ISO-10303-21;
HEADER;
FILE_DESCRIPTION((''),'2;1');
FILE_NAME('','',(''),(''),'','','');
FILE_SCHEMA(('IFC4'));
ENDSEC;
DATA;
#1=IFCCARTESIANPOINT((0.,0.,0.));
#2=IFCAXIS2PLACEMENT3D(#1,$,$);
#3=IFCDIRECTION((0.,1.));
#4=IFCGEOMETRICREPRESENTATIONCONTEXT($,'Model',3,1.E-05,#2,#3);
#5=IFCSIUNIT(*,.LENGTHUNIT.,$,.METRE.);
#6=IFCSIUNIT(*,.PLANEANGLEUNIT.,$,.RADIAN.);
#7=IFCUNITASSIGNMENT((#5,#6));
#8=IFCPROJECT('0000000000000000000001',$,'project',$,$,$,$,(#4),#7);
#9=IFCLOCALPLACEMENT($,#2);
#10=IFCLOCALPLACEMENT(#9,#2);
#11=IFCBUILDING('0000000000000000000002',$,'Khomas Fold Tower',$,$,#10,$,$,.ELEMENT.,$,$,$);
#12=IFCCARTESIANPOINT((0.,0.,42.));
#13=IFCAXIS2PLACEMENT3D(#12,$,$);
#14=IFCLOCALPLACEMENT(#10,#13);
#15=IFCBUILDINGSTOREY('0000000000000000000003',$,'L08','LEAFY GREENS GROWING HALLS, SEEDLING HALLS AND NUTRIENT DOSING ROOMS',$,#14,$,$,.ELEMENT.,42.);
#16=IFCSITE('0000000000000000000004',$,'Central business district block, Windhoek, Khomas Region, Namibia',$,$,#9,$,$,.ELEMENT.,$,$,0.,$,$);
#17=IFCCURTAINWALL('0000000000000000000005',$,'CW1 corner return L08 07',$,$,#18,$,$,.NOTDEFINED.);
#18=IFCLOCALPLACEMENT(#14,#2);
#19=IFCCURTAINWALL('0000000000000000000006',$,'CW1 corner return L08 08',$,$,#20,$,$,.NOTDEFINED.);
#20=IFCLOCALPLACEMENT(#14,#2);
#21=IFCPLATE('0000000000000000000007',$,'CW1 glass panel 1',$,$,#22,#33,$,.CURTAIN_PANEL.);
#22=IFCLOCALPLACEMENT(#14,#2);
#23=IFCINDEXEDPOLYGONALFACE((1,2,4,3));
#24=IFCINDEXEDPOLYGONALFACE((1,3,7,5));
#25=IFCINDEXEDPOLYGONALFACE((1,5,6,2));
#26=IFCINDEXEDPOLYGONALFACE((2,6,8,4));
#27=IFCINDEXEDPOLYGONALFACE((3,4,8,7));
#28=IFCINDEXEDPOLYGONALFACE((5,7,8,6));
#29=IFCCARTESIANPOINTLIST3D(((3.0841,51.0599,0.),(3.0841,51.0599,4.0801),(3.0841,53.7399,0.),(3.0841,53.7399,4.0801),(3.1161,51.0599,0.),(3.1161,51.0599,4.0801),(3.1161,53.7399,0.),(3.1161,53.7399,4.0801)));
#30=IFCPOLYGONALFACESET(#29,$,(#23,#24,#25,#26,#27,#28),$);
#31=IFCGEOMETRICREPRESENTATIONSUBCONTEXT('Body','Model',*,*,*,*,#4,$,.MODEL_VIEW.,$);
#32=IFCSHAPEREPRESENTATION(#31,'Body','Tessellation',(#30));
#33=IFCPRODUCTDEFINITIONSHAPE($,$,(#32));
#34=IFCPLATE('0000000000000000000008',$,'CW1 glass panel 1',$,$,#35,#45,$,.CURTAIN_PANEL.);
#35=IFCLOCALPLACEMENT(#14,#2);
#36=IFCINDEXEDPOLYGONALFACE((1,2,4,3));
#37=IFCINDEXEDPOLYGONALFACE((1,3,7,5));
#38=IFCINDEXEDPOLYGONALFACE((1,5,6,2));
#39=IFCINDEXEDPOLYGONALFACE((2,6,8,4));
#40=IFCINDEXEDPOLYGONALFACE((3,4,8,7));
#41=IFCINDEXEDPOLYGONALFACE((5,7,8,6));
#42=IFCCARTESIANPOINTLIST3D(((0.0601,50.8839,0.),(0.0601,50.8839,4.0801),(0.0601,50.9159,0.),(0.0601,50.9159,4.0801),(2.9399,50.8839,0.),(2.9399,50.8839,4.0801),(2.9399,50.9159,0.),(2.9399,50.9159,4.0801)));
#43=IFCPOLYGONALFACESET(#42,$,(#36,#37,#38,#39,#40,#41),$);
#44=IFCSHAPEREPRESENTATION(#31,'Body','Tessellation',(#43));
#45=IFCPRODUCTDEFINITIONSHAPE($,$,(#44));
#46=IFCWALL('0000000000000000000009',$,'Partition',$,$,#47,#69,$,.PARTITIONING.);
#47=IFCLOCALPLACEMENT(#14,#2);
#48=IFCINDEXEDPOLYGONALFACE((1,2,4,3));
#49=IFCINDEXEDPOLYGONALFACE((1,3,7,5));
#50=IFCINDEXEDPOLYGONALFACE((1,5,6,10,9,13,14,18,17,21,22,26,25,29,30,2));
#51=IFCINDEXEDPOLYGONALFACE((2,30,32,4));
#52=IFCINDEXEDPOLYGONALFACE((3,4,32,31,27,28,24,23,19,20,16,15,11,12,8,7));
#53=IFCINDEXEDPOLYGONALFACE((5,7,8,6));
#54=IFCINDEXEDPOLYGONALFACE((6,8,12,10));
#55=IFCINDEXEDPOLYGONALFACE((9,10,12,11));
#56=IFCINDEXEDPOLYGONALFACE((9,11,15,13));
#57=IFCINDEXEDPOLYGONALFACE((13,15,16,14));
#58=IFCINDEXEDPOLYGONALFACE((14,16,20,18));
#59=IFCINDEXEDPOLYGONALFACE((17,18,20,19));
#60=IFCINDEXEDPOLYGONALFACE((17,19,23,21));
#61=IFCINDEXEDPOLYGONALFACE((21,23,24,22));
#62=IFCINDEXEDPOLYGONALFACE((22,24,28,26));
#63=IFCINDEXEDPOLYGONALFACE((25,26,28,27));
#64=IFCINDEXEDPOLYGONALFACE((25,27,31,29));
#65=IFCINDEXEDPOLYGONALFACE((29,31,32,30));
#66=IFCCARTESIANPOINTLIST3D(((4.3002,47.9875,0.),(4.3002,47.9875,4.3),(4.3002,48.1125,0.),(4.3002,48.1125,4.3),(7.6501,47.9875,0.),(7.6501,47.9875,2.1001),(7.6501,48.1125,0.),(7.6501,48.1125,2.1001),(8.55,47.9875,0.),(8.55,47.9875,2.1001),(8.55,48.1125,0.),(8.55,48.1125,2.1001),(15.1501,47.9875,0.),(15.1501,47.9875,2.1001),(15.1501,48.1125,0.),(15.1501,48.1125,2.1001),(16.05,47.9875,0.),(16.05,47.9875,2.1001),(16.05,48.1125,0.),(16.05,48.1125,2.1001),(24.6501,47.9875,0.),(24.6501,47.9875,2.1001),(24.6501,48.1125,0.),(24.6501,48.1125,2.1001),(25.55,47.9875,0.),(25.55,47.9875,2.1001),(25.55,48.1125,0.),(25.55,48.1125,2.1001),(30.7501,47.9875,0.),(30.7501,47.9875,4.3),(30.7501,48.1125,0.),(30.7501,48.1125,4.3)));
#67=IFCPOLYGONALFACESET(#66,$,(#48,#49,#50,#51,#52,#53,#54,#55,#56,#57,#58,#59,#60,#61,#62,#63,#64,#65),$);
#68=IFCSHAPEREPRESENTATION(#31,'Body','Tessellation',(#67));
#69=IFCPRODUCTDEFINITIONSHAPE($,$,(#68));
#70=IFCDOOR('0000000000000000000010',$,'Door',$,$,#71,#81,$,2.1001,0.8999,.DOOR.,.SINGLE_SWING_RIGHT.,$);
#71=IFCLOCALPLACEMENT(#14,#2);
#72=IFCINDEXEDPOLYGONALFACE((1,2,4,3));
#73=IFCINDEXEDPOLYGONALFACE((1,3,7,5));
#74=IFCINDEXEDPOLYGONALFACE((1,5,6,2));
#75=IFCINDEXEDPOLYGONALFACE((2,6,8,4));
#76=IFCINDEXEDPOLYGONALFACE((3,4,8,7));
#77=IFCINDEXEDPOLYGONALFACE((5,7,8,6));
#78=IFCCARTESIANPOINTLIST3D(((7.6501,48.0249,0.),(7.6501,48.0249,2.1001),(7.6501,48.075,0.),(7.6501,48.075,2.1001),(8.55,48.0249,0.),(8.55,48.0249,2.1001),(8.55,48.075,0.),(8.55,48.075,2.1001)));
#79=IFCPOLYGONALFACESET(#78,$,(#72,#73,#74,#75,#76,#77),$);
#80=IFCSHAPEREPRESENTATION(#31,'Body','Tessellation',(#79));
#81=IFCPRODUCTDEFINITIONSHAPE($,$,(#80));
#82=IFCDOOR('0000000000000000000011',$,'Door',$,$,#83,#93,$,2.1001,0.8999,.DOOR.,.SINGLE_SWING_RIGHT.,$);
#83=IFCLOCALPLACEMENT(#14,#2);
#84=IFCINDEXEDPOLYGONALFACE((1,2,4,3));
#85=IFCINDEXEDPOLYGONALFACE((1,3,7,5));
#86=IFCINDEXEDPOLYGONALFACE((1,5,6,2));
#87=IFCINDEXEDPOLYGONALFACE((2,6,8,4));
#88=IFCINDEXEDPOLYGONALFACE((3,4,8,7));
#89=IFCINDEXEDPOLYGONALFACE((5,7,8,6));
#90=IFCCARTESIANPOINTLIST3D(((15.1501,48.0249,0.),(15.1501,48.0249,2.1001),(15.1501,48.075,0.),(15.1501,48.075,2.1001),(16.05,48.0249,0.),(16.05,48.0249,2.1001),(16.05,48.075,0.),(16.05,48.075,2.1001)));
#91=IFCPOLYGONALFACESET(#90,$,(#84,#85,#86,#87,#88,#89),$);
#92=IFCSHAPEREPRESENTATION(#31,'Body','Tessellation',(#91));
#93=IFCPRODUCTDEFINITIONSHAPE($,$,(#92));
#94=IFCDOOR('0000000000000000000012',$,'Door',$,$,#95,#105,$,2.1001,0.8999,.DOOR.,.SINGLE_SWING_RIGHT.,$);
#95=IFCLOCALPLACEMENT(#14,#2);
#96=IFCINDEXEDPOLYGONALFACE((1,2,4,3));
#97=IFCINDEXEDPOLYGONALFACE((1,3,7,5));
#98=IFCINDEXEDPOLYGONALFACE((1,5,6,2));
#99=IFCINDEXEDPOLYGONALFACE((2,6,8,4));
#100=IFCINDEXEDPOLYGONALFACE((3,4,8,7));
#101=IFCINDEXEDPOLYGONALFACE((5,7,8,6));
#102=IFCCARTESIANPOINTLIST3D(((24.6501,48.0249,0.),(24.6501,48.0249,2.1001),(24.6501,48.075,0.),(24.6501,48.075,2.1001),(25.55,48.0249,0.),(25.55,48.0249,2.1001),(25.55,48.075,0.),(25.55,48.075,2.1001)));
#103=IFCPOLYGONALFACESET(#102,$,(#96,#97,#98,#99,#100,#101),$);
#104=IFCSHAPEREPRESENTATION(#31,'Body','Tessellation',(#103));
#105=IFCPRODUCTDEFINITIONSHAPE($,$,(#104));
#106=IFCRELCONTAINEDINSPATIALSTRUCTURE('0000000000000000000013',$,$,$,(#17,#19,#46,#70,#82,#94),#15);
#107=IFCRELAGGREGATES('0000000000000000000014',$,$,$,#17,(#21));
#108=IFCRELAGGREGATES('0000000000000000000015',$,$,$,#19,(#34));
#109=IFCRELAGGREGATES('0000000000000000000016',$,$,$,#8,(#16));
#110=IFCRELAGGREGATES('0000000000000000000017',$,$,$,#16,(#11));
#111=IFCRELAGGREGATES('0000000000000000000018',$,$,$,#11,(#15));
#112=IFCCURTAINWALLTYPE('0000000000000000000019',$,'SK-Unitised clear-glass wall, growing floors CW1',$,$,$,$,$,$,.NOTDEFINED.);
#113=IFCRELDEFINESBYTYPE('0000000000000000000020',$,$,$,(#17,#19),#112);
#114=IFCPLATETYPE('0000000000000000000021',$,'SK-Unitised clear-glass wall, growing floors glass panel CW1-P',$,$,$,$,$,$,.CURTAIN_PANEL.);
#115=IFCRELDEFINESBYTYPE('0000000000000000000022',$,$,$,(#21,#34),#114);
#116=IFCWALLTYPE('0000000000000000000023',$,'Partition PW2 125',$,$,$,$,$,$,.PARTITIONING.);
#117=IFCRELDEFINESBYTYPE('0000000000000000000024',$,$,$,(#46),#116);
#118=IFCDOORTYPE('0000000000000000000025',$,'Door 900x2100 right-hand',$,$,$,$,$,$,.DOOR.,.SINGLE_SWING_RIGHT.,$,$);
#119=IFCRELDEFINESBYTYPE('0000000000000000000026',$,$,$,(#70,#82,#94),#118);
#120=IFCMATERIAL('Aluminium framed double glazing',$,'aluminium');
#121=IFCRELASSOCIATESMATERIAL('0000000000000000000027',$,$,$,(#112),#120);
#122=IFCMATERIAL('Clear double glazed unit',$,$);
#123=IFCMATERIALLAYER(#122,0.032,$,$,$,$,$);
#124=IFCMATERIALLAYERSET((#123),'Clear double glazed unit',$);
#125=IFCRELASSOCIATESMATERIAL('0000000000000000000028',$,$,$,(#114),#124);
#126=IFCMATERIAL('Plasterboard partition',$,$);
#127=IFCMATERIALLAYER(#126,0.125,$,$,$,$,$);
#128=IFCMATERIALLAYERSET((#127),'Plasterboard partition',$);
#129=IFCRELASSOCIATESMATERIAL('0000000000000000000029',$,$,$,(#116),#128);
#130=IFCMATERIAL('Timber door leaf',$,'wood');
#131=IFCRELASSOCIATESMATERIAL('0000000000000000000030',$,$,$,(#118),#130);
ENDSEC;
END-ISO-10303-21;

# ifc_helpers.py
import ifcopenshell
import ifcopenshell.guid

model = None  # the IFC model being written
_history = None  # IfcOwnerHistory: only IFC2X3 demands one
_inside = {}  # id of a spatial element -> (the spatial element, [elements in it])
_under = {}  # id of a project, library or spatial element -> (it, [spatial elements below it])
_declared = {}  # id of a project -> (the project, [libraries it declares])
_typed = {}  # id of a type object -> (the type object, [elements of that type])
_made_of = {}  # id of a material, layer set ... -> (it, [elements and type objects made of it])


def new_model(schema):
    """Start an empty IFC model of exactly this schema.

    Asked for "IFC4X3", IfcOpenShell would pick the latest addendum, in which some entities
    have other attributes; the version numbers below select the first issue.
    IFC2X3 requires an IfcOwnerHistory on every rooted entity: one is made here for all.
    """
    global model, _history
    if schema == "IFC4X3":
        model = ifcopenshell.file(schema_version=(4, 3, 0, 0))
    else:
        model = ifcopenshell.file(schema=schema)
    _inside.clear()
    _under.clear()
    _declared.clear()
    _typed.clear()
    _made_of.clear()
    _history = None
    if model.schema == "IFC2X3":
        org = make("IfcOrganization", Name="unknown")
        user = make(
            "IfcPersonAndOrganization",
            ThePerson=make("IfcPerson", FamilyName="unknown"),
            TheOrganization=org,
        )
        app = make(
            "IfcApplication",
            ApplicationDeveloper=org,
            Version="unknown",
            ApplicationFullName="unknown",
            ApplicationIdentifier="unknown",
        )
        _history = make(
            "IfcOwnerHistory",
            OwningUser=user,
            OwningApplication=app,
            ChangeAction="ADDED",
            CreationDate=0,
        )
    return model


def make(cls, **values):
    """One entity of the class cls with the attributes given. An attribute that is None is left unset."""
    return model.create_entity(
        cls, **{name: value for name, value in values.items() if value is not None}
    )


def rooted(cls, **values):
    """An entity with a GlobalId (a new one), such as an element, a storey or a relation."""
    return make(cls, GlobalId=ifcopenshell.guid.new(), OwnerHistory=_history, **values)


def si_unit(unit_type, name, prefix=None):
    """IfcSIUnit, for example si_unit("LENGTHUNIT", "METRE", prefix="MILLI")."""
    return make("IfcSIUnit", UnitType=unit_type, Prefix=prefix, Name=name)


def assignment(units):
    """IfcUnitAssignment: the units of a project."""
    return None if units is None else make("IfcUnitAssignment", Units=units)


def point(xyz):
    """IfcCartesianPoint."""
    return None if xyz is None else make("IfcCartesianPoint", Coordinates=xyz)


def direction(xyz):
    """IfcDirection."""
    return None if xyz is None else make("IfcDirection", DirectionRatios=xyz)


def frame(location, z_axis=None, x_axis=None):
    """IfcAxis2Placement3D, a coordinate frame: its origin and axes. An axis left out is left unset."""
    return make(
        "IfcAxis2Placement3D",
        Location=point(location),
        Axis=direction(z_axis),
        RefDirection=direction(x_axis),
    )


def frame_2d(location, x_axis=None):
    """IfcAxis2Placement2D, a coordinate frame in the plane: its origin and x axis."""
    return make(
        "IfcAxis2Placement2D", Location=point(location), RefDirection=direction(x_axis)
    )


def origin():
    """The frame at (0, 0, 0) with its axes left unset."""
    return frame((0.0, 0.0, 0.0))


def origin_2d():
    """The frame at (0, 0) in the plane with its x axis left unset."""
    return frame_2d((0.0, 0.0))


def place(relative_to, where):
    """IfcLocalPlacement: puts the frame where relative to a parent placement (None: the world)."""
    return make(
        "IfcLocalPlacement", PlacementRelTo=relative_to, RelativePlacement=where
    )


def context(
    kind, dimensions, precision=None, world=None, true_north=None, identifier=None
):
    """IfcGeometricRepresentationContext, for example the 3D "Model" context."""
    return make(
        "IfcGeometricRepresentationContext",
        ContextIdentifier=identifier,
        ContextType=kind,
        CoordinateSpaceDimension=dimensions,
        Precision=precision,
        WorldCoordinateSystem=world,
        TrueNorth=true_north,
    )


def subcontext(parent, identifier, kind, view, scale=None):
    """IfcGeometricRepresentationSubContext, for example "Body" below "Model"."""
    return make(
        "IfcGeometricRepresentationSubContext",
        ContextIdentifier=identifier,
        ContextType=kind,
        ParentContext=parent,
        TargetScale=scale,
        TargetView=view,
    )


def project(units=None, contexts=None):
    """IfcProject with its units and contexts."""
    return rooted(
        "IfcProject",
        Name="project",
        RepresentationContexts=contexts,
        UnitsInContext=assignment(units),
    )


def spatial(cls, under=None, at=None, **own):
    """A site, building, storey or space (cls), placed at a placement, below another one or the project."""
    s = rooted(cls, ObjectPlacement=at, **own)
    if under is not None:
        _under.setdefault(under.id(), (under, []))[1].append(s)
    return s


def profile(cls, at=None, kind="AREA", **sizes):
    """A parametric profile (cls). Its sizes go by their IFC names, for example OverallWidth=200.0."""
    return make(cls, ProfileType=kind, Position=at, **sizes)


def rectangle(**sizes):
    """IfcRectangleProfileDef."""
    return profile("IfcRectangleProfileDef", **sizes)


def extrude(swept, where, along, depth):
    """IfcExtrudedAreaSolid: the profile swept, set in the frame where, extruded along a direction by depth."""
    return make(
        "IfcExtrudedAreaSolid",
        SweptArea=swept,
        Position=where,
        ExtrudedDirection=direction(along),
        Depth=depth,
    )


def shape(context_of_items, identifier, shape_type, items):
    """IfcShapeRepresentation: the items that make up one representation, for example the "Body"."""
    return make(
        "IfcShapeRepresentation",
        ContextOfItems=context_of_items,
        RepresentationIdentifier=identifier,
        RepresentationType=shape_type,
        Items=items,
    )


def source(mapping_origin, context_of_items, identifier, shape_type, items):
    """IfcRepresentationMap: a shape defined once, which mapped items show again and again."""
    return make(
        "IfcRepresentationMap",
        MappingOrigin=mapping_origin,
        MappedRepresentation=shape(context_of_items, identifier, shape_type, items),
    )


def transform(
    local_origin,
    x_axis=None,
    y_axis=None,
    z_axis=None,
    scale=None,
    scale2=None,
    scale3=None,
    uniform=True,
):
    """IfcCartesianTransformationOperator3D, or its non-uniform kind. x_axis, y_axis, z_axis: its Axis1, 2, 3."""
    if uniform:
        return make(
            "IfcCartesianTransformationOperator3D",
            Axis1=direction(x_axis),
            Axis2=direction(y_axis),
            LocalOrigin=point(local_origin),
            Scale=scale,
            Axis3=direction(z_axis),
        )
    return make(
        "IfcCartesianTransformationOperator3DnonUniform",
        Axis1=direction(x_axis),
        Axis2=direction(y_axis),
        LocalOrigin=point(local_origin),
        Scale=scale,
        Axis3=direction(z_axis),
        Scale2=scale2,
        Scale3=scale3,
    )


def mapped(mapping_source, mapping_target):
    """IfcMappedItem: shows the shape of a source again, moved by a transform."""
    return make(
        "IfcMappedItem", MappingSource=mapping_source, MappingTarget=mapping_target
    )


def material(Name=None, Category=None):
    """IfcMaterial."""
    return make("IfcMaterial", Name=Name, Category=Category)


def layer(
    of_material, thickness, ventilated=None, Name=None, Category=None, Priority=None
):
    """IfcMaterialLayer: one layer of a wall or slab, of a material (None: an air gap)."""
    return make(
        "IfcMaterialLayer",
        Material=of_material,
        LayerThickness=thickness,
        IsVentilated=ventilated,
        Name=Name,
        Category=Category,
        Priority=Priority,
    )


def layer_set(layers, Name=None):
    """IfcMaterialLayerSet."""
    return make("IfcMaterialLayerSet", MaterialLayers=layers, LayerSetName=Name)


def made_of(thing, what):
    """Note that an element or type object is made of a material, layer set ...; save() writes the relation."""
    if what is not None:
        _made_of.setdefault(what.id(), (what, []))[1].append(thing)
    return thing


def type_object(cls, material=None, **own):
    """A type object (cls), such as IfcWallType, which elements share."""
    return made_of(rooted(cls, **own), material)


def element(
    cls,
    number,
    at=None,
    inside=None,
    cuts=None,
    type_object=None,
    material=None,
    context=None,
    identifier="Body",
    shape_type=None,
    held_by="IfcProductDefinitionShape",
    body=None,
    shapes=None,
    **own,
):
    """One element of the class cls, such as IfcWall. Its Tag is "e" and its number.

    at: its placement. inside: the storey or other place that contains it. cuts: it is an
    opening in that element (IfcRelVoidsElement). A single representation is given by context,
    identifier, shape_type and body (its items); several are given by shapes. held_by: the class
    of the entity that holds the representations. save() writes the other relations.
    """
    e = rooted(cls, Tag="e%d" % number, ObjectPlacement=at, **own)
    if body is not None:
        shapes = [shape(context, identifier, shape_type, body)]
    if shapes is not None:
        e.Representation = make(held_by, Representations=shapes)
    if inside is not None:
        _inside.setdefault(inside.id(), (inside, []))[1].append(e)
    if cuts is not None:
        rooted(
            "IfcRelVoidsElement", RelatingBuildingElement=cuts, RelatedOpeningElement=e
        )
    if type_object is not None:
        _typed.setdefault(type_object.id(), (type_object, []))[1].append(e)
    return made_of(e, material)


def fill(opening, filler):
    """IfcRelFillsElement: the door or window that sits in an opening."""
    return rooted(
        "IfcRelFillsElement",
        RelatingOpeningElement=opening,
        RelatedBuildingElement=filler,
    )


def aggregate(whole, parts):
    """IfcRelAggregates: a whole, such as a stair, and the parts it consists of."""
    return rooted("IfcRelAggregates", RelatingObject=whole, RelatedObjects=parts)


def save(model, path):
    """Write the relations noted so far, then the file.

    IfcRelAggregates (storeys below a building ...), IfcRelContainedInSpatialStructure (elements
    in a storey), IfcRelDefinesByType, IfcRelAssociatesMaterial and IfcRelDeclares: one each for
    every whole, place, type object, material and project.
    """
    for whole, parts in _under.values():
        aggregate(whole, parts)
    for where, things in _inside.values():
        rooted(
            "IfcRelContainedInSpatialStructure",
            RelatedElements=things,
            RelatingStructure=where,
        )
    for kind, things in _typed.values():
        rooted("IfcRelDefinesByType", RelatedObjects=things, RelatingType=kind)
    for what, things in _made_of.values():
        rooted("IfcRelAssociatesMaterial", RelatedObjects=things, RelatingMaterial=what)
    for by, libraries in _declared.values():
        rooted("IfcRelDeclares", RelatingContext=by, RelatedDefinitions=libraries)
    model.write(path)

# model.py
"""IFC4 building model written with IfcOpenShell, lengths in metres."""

from ifc_helpers import new_model, si_unit, direction, frame, frame_2d, origin, origin_2d, place, context, subcontext, project, spatial, rectangle, extrude, source, transform, mapped, material, layer, layer_set, type_object, element, fill, aggregate, save


model = new_model("IFC4")

# Units and contexts
model_context = context("Model", 3, precision=1e-05, world=origin(), true_north=direction((0.0, 1.0)))
body_context = subcontext(model_context, "Body", "Model", "MODEL_VIEW")
ifc_project = project(units=[si_unit("LENGTHUNIT", "METRE"), si_unit("PLANEANGLEUNIT", "RADIAN")], contexts=[model_context])

# Site, building, storey
site_placement = place(None, origin())
site = spatial("IfcSite", under=ifc_project, at=site_placement, Name="Central business district block, Windhoek, Khomas Region, Namibia", CompositionType="ELEMENT", RefElevation=0.0)
building_placement = place(site_placement, origin())
building = spatial("IfcBuilding", under=site, at=building_placement, Name="Khomas Fold Tower", CompositionType="ELEMENT")
storey_placement = place(building_placement, frame((0.0, 0.0, 42.0)))
storey = spatial("IfcBuildingStorey", under=building, at=storey_placement, Name="L08", Description="LEAFY GREENS GROWING HALLS, SEEDLING HALLS AND NUTRIENT DOSING ROOMS", CompositionType="ELEMENT", Elevation=42.0)

# Shared definitions
ifc_material_1 = material(Name="Aluminium framed double glazing", Category="aluminium")
curtain_wall_type = type_object("IfcCurtainWallType", Name="SK-Unitised clear-glass wall, growing floors CW1", PredefinedType="NOTDEFINED", material=ifc_material_1)

# Curtain walls
curtain_wall_1_placement = place(storey_placement, origin())
curtain_wall_1 = element("IfcCurtainWall", 1, at=curtain_wall_1_placement, inside=storey, type_object=curtain_wall_type, Name="CW1 corner return L08 07", PredefinedType="NOTDEFINED")
curtain_wall_2_placement = place(storey_placement, origin())
curtain_wall_2 = element("IfcCurtainWall", 2, at=curtain_wall_2_placement, inside=storey, type_object=curtain_wall_type, Name="CW1 corner return L08 08", PredefinedType="NOTDEFINED")

# Plates
ifc_material_2 = material(Name="Clear double glazed unit")
ifc_layer_1 = layer(ifc_material_2, 0.032)
ifc_layer_set_1 = layer_set([ifc_layer_1], Name="Clear double glazed unit")
plate_type = type_object("IfcPlateType", Name="SK-Unitised clear-glass wall, growing floors glass panel CW1-P", PredefinedType="CURTAIN_PANEL", material=ifc_layer_set_1)
shared_shape_1 = source(origin(), body_context, "Body", "SweptSolid", [
    extrude(rectangle(XDim=2.6799, YDim=0.032, at=origin_2d()), origin(), (0.0, 0.0, 1.0), 4.0801),
])
plate_1_placement = place(storey_placement, frame((3.1001, 52.3999, 0.0), z_axis=(0.0, 0.0, 1.0), x_axis=(0.0, -1.0, 0.0)))
plate_1 = element("IfcPlate", 3, at=plate_1_placement, type_object=plate_type, Name="CW1 glass panel 1", PredefinedType="CURTAIN_PANEL", context=body_context, shape_type="MappedRepresentation", body=[
    mapped(shared_shape_1, transform((0.0, 0.0, 0.0))),
])
aggregate(curtain_wall_1, [plate_1])
shared_shape_2 = source(origin(), body_context, "Body", "SweptSolid", [
    extrude(rectangle(XDim=2.8799, YDim=0.032, at=origin_2d()), origin(), (0.0, 0.0, 1.0), 4.0801),
])
plate_2_placement = place(storey_placement, frame((1.5, 50.8999, 0.0), z_axis=(0.0, 0.0, 1.0), x_axis=(-1.0, 0.0, 0.0)))
plate_2 = element("IfcPlate", 4, at=plate_2_placement, type_object=plate_type, Name="CW1 glass panel 1", PredefinedType="CURTAIN_PANEL", context=body_context, shape_type="MappedRepresentation", body=[
    mapped(shared_shape_2, transform((0.0, 0.0, 0.0))),
])
aggregate(curtain_wall_2, [plate_2])

# Wall, openings, doors
ifc_material_3 = material(Name="Plasterboard partition")
ifc_layer_2 = layer(ifc_material_3, 0.125)
ifc_layer_set_2 = layer_set([ifc_layer_2], Name="Plasterboard partition")
wall_type = type_object("IfcWallType", Name="Partition PW2 125", PredefinedType="PARTITIONING", material=ifc_layer_set_2)
shared_shape_3 = source(origin(), body_context, "Body", "SweptSolid", [
    extrude(rectangle(XDim=26.45, YDim=0.125, at=frame_2d((13.2251, 0.0))), origin(), (0.0, 0.0, 1.0), 4.3),
])
wall_placement = place(storey_placement, frame((4.3, 48.05, 0.0), z_axis=(0.0, 0.0, 1.0), x_axis=(1.0, 0.0, 0.0)))
wall = element("IfcWall", 5, at=wall_placement, inside=storey, type_object=wall_type, Name="Partition", PredefinedType="PARTITIONING", context=body_context, shape_type="MappedRepresentation", body=[
    mapped(shared_shape_3, transform((0.0, 0.0, 0.0))),
])
shared_shape_4 = source(origin(), body_context, "Body", "SweptSolid", [
    extrude(rectangle(XDim=0.8999, YDim=2.1001, at=frame_2d((0.45, 1.05))), frame((0.0, 0.0725, 0.0), z_axis=(0.0, -1.0, 0.0), x_axis=(1.0, 0.0, 0.0)), (0.0, 0.0, 1.0), 0.145),
])
opening_1_placement = place(wall_placement, frame((3.3501, 0.0, 0.0)))
opening_1 = element("IfcOpeningElement", 6, at=opening_1_placement, cuts=wall, PredefinedType="OPENING", context=body_context, shape_type="MappedRepresentation", body=[
    mapped(shared_shape_4, transform((0.0, 0.0, 0.0))),
])
opening_2_placement = place(wall_placement, frame((10.8501, 0.0, 0.0)))
opening_2 = element("IfcOpeningElement", 7, at=opening_2_placement, cuts=wall, PredefinedType="OPENING", context=body_context, shape_type="MappedRepresentation", body=[
    mapped(shared_shape_4, transform((0.0, 0.0, 0.0))),
])
opening_3_placement = place(wall_placement, frame((20.3501, 0.0, 0.0)))
opening_3 = element("IfcOpeningElement", 8, at=opening_3_placement, cuts=wall, PredefinedType="OPENING", context=body_context, shape_type="MappedRepresentation", body=[
    mapped(shared_shape_4, transform((0.0, 0.0, 0.0))),
])
ifc_material_4 = material(Name="Timber door leaf", Category="wood")
door_type = type_object("IfcDoorType", Name="Door 900x2100 right-hand", OperationType="SINGLE_SWING_RIGHT", PredefinedType="DOOR", material=ifc_material_4)
shared_shape_5 = source(origin(), body_context, "Body", "SweptSolid", [
    extrude(rectangle(XDim=0.8999, YDim=2.1001, at=frame_2d((0.45, 1.05))), frame((0.0, 0.0249, 0.0), z_axis=(0.0, -1.0, 0.0), x_axis=(1.0, 0.0, 0.0)), (0.0, 0.0, 1.0), 0.05),
])
door_1_placement = place(opening_1_placement, origin())
door_1 = element("IfcDoor", 9, at=door_1_placement, inside=storey, type_object=door_type, Name="Door", OperationType="SINGLE_SWING_RIGHT", OverallHeight=2.1001, OverallWidth=0.8999, PredefinedType="DOOR", context=body_context, shape_type="MappedRepresentation", body=[
    mapped(shared_shape_5, transform((0.0, 0.0, 0.0))),
])
fill(opening_1, door_1)
door_2_placement = place(opening_2_placement, origin())
door_2 = element("IfcDoor", 10, at=door_2_placement, inside=storey, type_object=door_type, Name="Door", OperationType="SINGLE_SWING_RIGHT", OverallHeight=2.1001, OverallWidth=0.8999, PredefinedType="DOOR", context=body_context, shape_type="MappedRepresentation", body=[
    mapped(shared_shape_5, transform((0.0, 0.0, 0.0))),
])
fill(opening_2, door_2)
door_3_placement = place(opening_3_placement, origin())
door_3 = element("IfcDoor", 11, at=door_3_placement, inside=storey, type_object=door_type, Name="Door", OperationType="SINGLE_SWING_RIGHT", OverallHeight=2.1001, OverallWidth=0.8999, PredefinedType="DOOR", context=body_context, shape_type="MappedRepresentation", body=[
    mapped(shared_shape_5, transform((0.0, 0.0, 0.0))),
])
fill(opening_3, door_3)

save(model, "model.ifc")
